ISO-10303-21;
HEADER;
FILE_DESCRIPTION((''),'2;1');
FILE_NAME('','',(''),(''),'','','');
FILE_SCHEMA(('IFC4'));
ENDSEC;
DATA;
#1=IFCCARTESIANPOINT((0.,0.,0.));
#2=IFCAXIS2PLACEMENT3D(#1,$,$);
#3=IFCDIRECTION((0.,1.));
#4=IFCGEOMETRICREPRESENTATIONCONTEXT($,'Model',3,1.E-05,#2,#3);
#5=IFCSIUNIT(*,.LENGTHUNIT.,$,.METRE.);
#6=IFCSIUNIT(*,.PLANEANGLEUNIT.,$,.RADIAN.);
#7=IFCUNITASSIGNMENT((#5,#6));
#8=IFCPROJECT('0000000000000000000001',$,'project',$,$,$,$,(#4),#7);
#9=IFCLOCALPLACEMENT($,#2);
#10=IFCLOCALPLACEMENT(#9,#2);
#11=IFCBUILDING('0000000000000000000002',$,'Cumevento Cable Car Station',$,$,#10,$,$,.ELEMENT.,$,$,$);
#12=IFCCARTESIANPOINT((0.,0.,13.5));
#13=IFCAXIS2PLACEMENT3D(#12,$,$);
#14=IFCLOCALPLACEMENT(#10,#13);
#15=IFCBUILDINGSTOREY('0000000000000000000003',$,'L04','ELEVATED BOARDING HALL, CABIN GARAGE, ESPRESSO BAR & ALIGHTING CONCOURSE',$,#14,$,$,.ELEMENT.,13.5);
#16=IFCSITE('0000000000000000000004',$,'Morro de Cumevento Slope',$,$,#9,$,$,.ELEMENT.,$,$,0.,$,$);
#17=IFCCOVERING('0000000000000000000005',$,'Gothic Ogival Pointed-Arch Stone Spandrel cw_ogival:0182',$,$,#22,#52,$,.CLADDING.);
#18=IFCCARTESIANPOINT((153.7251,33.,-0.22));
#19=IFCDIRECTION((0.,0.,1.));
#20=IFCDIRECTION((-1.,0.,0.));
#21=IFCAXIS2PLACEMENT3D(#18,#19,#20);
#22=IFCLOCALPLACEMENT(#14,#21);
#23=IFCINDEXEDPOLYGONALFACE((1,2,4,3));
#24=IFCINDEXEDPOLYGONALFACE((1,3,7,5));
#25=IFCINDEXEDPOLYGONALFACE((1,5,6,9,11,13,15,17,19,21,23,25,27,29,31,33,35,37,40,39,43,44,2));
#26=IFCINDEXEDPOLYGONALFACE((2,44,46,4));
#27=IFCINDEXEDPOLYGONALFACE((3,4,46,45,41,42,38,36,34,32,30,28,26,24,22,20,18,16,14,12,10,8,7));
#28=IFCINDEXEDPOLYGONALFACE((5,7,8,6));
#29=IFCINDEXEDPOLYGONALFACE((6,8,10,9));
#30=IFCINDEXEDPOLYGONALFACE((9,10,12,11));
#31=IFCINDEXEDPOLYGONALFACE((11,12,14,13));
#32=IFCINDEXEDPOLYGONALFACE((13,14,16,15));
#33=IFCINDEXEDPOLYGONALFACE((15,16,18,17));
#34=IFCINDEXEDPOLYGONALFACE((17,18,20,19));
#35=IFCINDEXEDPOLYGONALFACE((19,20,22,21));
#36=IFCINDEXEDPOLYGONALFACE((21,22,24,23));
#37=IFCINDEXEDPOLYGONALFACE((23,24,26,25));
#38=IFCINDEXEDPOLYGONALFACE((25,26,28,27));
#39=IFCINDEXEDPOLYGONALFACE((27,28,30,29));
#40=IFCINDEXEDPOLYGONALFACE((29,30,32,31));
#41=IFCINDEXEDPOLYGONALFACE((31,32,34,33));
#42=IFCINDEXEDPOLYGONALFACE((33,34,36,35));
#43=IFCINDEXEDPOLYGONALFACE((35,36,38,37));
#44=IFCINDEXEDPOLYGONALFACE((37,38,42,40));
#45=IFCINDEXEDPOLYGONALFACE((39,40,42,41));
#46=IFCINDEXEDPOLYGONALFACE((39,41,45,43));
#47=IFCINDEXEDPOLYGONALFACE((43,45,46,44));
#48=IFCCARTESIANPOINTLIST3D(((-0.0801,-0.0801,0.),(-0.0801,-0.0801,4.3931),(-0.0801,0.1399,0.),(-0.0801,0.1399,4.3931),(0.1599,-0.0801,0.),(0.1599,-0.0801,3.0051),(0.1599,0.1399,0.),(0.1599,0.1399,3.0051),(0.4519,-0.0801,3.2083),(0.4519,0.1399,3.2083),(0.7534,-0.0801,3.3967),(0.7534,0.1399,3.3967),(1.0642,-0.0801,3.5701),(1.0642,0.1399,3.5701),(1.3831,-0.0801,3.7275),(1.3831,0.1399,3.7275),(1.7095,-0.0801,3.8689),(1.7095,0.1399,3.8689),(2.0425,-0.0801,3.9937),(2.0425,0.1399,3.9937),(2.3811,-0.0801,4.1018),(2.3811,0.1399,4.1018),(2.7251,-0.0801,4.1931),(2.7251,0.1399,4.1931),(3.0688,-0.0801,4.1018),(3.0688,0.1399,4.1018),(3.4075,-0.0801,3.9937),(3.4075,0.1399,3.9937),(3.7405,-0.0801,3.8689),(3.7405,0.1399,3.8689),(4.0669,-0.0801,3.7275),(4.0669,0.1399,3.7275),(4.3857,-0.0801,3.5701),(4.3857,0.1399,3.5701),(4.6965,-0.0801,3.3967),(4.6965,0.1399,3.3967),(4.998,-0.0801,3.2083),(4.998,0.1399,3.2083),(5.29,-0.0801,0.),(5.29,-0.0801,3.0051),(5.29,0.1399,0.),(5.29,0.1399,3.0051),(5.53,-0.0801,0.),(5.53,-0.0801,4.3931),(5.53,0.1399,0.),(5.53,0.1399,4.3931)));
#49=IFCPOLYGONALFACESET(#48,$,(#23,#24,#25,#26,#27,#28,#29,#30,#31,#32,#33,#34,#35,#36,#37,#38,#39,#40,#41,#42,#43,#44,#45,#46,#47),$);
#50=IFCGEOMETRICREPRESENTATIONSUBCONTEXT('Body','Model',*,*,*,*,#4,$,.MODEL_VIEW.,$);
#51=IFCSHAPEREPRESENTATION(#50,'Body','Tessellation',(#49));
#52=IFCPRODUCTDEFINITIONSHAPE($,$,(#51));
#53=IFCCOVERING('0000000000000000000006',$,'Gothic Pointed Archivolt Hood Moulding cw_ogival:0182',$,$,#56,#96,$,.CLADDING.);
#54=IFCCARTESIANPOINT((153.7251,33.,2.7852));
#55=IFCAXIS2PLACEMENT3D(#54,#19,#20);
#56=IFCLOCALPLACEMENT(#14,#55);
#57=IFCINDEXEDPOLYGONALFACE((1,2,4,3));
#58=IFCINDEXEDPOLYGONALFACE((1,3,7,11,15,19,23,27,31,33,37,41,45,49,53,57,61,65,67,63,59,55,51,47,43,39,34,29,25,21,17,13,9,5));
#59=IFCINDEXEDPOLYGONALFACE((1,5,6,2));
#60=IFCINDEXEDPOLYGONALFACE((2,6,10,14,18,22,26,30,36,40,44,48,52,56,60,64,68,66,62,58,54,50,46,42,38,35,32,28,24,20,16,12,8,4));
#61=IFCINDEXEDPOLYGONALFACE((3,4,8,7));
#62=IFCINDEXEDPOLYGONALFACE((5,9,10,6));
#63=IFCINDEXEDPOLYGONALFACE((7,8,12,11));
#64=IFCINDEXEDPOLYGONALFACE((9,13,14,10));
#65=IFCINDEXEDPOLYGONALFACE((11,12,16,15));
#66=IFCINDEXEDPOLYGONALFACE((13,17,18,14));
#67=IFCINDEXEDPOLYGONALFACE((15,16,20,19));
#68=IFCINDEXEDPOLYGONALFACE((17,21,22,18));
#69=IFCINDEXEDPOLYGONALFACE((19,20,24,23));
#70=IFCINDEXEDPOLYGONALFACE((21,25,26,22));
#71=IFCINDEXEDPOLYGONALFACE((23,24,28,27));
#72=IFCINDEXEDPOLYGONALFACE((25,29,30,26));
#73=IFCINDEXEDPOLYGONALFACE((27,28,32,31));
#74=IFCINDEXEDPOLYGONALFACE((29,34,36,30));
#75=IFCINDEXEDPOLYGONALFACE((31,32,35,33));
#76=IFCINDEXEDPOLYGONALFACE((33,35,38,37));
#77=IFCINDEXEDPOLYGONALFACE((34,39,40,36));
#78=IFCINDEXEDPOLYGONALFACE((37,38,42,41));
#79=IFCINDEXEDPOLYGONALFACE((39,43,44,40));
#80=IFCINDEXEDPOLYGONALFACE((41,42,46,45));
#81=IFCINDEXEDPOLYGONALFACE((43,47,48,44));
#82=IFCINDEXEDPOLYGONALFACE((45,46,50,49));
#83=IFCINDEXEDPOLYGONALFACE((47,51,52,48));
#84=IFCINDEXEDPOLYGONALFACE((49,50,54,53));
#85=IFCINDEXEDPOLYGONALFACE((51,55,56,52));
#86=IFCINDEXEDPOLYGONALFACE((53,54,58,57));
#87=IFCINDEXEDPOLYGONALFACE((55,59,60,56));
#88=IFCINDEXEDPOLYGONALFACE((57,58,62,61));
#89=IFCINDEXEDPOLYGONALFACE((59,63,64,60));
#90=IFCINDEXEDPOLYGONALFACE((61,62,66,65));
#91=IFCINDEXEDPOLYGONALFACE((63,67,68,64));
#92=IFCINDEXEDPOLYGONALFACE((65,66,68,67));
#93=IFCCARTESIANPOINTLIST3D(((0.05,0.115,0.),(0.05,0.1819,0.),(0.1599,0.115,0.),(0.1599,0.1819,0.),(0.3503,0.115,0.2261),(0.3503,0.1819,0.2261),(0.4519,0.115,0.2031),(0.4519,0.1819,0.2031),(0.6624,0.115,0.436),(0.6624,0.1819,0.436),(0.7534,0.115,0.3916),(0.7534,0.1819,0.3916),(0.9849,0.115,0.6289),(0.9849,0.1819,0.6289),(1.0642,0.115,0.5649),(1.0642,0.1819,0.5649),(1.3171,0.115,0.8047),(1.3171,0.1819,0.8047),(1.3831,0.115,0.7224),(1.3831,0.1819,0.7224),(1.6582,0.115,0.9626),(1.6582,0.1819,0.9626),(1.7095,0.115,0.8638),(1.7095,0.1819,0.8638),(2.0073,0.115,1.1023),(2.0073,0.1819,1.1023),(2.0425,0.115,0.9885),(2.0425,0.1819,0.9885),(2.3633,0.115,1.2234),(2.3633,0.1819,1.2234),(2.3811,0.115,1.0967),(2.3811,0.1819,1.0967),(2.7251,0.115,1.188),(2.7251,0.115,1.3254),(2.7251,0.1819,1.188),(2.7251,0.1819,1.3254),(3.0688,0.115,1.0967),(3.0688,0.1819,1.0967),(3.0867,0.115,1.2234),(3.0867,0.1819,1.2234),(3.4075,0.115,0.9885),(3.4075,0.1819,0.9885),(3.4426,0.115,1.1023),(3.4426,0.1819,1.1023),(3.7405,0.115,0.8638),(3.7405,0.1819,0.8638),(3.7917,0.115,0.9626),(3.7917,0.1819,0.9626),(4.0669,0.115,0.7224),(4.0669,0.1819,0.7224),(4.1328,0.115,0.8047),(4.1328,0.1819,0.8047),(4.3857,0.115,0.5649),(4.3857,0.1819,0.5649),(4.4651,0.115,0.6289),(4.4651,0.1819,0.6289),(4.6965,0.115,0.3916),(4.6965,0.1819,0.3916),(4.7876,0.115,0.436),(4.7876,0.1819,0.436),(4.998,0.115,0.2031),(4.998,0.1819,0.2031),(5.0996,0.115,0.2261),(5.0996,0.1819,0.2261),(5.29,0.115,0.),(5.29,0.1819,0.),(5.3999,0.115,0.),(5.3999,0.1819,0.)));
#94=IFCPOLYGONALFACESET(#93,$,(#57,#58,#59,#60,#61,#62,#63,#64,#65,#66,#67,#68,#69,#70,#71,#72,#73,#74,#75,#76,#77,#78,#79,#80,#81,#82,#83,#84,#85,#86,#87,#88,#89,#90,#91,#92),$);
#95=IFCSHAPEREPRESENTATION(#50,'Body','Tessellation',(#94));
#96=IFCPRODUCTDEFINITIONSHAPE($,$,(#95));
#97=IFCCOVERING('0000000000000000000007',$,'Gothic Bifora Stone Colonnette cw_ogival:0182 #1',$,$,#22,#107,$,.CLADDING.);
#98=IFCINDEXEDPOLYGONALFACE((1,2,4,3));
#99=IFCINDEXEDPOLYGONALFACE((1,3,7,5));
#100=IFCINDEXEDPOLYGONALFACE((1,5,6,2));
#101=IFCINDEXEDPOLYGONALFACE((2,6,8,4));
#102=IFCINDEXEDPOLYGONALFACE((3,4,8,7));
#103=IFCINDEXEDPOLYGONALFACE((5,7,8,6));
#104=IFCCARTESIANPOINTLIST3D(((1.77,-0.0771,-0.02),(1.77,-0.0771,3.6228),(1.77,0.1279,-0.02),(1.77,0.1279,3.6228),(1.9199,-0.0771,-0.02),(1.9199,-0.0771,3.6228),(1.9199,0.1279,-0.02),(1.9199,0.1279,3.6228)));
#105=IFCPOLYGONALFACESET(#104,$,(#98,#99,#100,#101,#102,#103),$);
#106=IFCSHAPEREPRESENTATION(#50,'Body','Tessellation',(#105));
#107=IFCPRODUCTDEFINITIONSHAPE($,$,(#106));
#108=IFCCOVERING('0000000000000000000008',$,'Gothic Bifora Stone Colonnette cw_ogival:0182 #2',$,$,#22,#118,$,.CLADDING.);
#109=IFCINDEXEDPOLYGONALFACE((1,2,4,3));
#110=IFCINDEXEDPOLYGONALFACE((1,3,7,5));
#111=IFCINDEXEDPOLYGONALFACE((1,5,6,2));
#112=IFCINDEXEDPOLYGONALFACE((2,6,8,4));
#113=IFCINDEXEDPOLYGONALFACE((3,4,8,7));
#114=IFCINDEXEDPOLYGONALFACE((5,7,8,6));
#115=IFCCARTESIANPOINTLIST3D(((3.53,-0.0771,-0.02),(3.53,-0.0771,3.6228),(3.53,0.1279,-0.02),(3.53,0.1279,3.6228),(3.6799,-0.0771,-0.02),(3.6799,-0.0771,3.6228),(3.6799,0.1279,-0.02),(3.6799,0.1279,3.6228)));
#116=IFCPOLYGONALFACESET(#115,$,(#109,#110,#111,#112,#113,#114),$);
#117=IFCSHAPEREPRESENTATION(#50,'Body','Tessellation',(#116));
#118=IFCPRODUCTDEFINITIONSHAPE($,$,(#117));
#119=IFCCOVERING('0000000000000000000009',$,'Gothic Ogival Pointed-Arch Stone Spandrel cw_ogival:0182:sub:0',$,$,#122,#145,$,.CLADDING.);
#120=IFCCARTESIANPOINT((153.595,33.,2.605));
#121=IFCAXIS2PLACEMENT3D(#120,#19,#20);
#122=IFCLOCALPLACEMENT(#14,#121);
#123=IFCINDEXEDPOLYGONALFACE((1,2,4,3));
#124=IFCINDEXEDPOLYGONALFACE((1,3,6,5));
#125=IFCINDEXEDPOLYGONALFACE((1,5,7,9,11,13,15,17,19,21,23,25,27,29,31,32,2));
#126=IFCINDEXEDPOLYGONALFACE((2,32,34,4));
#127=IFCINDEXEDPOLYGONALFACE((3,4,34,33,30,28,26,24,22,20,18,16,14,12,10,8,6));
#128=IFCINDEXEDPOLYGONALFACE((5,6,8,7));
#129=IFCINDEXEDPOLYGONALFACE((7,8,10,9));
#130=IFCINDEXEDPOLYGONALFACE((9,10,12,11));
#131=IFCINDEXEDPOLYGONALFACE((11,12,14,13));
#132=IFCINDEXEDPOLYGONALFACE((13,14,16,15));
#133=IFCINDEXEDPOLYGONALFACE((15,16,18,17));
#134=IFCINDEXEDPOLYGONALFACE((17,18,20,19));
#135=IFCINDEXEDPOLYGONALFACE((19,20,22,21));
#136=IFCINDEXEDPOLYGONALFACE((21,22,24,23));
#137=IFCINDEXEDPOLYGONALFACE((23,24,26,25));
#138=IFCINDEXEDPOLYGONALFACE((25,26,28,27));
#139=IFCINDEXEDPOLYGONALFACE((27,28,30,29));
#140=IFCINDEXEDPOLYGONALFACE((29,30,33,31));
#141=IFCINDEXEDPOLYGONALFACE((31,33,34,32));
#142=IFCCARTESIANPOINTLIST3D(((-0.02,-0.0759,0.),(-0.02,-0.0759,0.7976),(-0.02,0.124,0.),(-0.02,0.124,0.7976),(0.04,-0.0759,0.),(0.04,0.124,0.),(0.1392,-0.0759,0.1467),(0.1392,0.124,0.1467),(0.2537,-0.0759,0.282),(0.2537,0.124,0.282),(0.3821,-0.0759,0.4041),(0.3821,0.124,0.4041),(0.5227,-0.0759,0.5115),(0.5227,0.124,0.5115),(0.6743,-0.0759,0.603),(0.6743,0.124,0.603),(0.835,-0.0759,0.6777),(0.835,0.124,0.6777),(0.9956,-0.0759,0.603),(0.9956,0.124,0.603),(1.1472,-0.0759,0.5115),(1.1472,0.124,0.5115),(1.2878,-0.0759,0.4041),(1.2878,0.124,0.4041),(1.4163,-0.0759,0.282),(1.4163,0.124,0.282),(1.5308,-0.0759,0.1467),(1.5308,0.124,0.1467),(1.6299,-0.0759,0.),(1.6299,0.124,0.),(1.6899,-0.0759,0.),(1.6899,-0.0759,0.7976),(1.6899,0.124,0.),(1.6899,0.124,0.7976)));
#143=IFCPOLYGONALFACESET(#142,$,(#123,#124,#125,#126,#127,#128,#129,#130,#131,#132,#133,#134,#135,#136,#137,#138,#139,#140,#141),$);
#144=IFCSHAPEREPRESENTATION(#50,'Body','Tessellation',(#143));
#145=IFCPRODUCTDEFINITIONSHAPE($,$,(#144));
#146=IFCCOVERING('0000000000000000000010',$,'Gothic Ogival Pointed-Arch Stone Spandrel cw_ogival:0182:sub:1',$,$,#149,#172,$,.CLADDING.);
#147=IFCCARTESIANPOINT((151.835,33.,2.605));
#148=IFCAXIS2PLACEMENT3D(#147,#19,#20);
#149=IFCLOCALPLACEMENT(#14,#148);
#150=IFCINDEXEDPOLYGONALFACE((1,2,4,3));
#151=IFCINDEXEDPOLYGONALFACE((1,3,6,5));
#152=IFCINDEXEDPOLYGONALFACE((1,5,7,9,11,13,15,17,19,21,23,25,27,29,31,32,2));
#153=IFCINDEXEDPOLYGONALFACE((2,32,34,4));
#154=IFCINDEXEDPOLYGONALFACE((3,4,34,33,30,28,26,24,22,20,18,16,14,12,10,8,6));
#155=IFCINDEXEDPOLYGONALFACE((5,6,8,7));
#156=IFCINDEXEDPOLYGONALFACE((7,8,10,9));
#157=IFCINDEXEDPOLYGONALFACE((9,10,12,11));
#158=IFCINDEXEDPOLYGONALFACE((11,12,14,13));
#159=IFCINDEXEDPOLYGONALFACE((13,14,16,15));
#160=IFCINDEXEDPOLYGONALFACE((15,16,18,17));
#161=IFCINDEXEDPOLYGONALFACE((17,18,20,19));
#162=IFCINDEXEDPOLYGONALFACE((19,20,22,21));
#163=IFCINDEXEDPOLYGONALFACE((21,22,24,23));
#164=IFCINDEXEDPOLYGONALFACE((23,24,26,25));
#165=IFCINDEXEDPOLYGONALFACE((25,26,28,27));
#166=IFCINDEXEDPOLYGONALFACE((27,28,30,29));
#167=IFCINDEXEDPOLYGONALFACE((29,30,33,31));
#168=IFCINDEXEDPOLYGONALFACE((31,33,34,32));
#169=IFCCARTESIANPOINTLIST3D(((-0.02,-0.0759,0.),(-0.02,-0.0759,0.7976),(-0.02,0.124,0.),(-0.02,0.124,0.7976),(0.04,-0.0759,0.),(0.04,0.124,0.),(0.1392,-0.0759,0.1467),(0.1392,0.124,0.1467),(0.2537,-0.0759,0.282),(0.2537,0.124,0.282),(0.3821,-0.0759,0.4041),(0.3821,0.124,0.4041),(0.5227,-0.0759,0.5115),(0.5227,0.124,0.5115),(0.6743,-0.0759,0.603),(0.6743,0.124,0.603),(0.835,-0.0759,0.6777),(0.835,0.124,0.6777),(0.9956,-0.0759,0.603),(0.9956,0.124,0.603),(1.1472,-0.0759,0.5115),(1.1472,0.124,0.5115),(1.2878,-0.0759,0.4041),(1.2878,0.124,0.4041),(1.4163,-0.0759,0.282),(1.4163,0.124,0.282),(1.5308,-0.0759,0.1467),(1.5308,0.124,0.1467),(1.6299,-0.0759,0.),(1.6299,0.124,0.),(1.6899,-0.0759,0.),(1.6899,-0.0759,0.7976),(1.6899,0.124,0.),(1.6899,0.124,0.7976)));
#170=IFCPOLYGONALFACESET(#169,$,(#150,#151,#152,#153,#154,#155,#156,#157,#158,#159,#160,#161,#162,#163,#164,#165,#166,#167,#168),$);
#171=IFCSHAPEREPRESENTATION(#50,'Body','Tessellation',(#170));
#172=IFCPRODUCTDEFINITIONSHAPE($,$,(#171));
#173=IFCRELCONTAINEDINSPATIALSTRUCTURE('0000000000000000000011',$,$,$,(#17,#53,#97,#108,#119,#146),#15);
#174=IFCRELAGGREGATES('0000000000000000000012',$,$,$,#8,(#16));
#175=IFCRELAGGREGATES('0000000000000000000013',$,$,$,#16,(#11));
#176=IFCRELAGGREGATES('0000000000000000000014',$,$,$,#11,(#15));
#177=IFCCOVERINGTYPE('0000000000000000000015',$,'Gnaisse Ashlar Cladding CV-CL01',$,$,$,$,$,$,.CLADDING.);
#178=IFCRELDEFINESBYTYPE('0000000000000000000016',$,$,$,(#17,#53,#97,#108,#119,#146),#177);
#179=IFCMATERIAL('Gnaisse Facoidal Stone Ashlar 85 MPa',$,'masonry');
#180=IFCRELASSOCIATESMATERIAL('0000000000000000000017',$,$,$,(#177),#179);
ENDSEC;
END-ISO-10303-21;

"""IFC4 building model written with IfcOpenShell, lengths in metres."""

from ifc_helpers import new_model, si_unit, direction, frame, origin, place, context, subcontext, project, spatial, polyline, outline, extrude, material, type_object, element, save


model = new_model("IFC4")

# Units and contexts
model_context = context("Model", 3, precision=1e-05, world=origin(), true_north=direction((0.0, 1.0)))
body_context = subcontext(model_context, "Body", "Model", "MODEL_VIEW")
ifc_project = project(units=[si_unit("LENGTHUNIT", "METRE"), si_unit("PLANEANGLEUNIT", "RADIAN")], contexts=[model_context])

# Site, building, storey
site_placement = place(None, origin())
site = spatial("IfcSite", under=ifc_project, at=site_placement, Name="Morro de Cumevento Slope", CompositionType="ELEMENT", RefElevation=0.0)
building_placement = place(site_placement, origin())
building = spatial("IfcBuilding", under=site, at=building_placement, Name="Cumevento Cable Car Station", CompositionType="ELEMENT")
storey_placement = place(building_placement, frame((0.0, 0.0, 13.5)))
storey = spatial("IfcBuildingStorey", under=building, at=storey_placement, Name="L04", Description="ELEVATED BOARDING HALL, CABIN GARAGE, ESPRESSO BAR & ALIGHTING CONCOURSE", CompositionType="ELEMENT", Elevation=13.5)

# Coverings
ifc_material_1 = material(Name="Gnaisse Facoidal Stone Ashlar 85 MPa", Category="masonry")
covering_type = type_object("IfcCoveringType", Name="Gnaisse Ashlar Cladding CV-CL01", PredefinedType="CLADDING", material=ifc_material_1)
placement = place(storey_placement, frame((153.7251, 33.0, -0.22), z_axis=(0.0, 0.0, 1.0), x_axis=(-1.0, 0.0, 0.0)))
element("IfcCovering", 1, at=placement, inside=storey, type_object=covering_type, Name="Gothic Ogival Pointed-Arch Stone Spandrel cw_ogival:0182", PredefinedType="CLADDING", context=body_context, shape_type="SweptSolid", body=[
    extrude(outline(polyline([(-0.0801, 0.0), (-0.0801, 4.3931), (5.53, 4.3931), (5.53, 0.0), (5.29, 0.0), (5.29, 3.0051), (4.998, 3.2083), (4.6965, 3.3967), (4.3857, 3.5701), (4.0669, 3.7275), (3.7405, 3.8689), (3.4075, 3.9937), (3.0688, 4.1018), (2.7251, 4.1931), (2.3811, 4.1018), (2.0425, 3.9937), (1.7095, 3.8689), (1.3831, 3.7275), (1.0642, 3.5701), (0.7534, 3.3967), (0.4519, 3.2083), (0.1599, 3.0051), (0.1599, 0.0), (-0.0801, 0.0)])), frame((0.0, 0.1399, 0.0), z_axis=(0.0, -1.0, 0.0), x_axis=(1.0, 0.0, 0.0)), (0.0, 0.0, 1.0), 0.22),
])
covering_1_placement = place(storey_placement, frame((153.7251, 33.0, 2.7852), z_axis=(0.0, 0.0, 1.0), x_axis=(-1.0, 0.0, 0.0)))
element("IfcCovering", 2, at=covering_1_placement, inside=storey, type_object=covering_type, Name="Gothic Pointed Archivolt Hood Moulding cw_ogival:0182", PredefinedType="CLADDING", context=body_context, shape_type="SweptSolid", body=[
    extrude(outline(polyline([(0.1599, 0.0), (0.4519, 0.2031), (0.7534, 0.3916), (1.0642, 0.5649), (1.3831, 0.7224), (1.7095, 0.8638), (2.0425, 0.9885), (2.3811, 1.0967), (2.7251, 1.188), (3.0688, 1.0967), (3.4075, 0.9885), (3.7405, 0.8638), (4.0669, 0.7224), (4.3857, 0.5649), (4.6965, 0.3916), (4.998, 0.2031), (5.29, 0.0), (5.3999, 0.0), (5.0996, 0.2261), (4.7876, 0.436), (4.4651, 0.6289), (4.1328, 0.8047), (3.7917, 0.9626), (3.4426, 1.1023), (3.0867, 1.2234), (2.7251, 1.3254), (2.3633, 1.2234), (2.0073, 1.1023), (1.6582, 0.9626), (1.3171, 0.8047), (0.9849, 0.6289), (0.6624, 0.436), (0.3503, 0.2261), (0.05, 0.0), (0.1599, 0.0)])), frame((0.0, 0.1819, 0.0), z_axis=(0.0, -1.0, 0.0), x_axis=(1.0, 0.0, 0.0)), (0.0, 0.0, 1.0), 0.0669),
])
element("IfcCovering", 3, at=placement, inside=storey, type_object=covering_type, Name="Gothic Bifora Stone Colonnette cw_ogival:0182 #1", PredefinedType="CLADDING", context=body_context, shape_type="SweptSolid", body=[
    extrude(outline(polyline([(1.77, -0.02), (1.9199, -0.02), (1.9199, 3.6228), (1.77, 3.6228), (1.77, -0.02)])), frame((0.0, 0.1279, 0.0), z_axis=(0.0, -1.0, 0.0), x_axis=(1.0, 0.0, 0.0)), (0.0, 0.0, 1.0), 0.2051),
])
element("IfcCovering", 4, at=placement, inside=storey, type_object=covering_type, Name="Gothic Bifora Stone Colonnette cw_ogival:0182 #2", PredefinedType="CLADDING", context=body_context, shape_type="SweptSolid", body=[
    extrude(outline(polyline([(3.53, -0.02), (3.6799, -0.02), (3.6799, 3.6228), (3.53, 3.6228), (3.53, -0.02)])), frame((0.0, 0.1279, 0.0), z_axis=(0.0, -1.0, 0.0), x_axis=(1.0, 0.0, 0.0)), (0.0, 0.0, 1.0), 0.2051),
])
for number, where, z_axis, x_axis, name in (
    (5, (153.595, 33.0, 2.605), (0.0, 0.0, 1.0), (-1.0, 0.0, 0.0), "Gothic Ogival Pointed-Arch Stone Spandrel cw_ogival:0182:sub:0"),
    (6, (151.835, 33.0, 2.605), (0.0, 0.0, 1.0), (-1.0, 0.0, 0.0), "Gothic Ogival Pointed-Arch Stone Spandrel cw_ogival:0182:sub:1"),
):
    element("IfcCovering", number, at=place(storey_placement, frame(where, z_axis=z_axis, x_axis=x_axis)), inside=storey, type_object=covering_type, Name=name, PredefinedType="CLADDING", context=body_context, shape_type="SweptSolid", body=[
        extrude(outline(polyline([(-0.02, 0.0), (-0.02, 0.7976), (1.6899, 0.7976), (1.6899, 0.0), (1.6299, 0.0), (1.5308, 0.1467), (1.4163, 0.282), (1.2878, 0.4041), (1.1472, 0.5115), (0.9956, 0.603), (0.835, 0.6777), (0.6743, 0.603), (0.5227, 0.5115), (0.3821, 0.4041), (0.2537, 0.282), (0.1392, 0.1467), (0.04, 0.0), (-0.02, 0.0)])), frame((0.0, 0.124, 0.0), z_axis=(0.0, -1.0, 0.0), x_axis=(1.0, 0.0, 0.0)), (0.0, 0.0, 1.0), 0.2),
    ])

save(model, "model.ifc")
